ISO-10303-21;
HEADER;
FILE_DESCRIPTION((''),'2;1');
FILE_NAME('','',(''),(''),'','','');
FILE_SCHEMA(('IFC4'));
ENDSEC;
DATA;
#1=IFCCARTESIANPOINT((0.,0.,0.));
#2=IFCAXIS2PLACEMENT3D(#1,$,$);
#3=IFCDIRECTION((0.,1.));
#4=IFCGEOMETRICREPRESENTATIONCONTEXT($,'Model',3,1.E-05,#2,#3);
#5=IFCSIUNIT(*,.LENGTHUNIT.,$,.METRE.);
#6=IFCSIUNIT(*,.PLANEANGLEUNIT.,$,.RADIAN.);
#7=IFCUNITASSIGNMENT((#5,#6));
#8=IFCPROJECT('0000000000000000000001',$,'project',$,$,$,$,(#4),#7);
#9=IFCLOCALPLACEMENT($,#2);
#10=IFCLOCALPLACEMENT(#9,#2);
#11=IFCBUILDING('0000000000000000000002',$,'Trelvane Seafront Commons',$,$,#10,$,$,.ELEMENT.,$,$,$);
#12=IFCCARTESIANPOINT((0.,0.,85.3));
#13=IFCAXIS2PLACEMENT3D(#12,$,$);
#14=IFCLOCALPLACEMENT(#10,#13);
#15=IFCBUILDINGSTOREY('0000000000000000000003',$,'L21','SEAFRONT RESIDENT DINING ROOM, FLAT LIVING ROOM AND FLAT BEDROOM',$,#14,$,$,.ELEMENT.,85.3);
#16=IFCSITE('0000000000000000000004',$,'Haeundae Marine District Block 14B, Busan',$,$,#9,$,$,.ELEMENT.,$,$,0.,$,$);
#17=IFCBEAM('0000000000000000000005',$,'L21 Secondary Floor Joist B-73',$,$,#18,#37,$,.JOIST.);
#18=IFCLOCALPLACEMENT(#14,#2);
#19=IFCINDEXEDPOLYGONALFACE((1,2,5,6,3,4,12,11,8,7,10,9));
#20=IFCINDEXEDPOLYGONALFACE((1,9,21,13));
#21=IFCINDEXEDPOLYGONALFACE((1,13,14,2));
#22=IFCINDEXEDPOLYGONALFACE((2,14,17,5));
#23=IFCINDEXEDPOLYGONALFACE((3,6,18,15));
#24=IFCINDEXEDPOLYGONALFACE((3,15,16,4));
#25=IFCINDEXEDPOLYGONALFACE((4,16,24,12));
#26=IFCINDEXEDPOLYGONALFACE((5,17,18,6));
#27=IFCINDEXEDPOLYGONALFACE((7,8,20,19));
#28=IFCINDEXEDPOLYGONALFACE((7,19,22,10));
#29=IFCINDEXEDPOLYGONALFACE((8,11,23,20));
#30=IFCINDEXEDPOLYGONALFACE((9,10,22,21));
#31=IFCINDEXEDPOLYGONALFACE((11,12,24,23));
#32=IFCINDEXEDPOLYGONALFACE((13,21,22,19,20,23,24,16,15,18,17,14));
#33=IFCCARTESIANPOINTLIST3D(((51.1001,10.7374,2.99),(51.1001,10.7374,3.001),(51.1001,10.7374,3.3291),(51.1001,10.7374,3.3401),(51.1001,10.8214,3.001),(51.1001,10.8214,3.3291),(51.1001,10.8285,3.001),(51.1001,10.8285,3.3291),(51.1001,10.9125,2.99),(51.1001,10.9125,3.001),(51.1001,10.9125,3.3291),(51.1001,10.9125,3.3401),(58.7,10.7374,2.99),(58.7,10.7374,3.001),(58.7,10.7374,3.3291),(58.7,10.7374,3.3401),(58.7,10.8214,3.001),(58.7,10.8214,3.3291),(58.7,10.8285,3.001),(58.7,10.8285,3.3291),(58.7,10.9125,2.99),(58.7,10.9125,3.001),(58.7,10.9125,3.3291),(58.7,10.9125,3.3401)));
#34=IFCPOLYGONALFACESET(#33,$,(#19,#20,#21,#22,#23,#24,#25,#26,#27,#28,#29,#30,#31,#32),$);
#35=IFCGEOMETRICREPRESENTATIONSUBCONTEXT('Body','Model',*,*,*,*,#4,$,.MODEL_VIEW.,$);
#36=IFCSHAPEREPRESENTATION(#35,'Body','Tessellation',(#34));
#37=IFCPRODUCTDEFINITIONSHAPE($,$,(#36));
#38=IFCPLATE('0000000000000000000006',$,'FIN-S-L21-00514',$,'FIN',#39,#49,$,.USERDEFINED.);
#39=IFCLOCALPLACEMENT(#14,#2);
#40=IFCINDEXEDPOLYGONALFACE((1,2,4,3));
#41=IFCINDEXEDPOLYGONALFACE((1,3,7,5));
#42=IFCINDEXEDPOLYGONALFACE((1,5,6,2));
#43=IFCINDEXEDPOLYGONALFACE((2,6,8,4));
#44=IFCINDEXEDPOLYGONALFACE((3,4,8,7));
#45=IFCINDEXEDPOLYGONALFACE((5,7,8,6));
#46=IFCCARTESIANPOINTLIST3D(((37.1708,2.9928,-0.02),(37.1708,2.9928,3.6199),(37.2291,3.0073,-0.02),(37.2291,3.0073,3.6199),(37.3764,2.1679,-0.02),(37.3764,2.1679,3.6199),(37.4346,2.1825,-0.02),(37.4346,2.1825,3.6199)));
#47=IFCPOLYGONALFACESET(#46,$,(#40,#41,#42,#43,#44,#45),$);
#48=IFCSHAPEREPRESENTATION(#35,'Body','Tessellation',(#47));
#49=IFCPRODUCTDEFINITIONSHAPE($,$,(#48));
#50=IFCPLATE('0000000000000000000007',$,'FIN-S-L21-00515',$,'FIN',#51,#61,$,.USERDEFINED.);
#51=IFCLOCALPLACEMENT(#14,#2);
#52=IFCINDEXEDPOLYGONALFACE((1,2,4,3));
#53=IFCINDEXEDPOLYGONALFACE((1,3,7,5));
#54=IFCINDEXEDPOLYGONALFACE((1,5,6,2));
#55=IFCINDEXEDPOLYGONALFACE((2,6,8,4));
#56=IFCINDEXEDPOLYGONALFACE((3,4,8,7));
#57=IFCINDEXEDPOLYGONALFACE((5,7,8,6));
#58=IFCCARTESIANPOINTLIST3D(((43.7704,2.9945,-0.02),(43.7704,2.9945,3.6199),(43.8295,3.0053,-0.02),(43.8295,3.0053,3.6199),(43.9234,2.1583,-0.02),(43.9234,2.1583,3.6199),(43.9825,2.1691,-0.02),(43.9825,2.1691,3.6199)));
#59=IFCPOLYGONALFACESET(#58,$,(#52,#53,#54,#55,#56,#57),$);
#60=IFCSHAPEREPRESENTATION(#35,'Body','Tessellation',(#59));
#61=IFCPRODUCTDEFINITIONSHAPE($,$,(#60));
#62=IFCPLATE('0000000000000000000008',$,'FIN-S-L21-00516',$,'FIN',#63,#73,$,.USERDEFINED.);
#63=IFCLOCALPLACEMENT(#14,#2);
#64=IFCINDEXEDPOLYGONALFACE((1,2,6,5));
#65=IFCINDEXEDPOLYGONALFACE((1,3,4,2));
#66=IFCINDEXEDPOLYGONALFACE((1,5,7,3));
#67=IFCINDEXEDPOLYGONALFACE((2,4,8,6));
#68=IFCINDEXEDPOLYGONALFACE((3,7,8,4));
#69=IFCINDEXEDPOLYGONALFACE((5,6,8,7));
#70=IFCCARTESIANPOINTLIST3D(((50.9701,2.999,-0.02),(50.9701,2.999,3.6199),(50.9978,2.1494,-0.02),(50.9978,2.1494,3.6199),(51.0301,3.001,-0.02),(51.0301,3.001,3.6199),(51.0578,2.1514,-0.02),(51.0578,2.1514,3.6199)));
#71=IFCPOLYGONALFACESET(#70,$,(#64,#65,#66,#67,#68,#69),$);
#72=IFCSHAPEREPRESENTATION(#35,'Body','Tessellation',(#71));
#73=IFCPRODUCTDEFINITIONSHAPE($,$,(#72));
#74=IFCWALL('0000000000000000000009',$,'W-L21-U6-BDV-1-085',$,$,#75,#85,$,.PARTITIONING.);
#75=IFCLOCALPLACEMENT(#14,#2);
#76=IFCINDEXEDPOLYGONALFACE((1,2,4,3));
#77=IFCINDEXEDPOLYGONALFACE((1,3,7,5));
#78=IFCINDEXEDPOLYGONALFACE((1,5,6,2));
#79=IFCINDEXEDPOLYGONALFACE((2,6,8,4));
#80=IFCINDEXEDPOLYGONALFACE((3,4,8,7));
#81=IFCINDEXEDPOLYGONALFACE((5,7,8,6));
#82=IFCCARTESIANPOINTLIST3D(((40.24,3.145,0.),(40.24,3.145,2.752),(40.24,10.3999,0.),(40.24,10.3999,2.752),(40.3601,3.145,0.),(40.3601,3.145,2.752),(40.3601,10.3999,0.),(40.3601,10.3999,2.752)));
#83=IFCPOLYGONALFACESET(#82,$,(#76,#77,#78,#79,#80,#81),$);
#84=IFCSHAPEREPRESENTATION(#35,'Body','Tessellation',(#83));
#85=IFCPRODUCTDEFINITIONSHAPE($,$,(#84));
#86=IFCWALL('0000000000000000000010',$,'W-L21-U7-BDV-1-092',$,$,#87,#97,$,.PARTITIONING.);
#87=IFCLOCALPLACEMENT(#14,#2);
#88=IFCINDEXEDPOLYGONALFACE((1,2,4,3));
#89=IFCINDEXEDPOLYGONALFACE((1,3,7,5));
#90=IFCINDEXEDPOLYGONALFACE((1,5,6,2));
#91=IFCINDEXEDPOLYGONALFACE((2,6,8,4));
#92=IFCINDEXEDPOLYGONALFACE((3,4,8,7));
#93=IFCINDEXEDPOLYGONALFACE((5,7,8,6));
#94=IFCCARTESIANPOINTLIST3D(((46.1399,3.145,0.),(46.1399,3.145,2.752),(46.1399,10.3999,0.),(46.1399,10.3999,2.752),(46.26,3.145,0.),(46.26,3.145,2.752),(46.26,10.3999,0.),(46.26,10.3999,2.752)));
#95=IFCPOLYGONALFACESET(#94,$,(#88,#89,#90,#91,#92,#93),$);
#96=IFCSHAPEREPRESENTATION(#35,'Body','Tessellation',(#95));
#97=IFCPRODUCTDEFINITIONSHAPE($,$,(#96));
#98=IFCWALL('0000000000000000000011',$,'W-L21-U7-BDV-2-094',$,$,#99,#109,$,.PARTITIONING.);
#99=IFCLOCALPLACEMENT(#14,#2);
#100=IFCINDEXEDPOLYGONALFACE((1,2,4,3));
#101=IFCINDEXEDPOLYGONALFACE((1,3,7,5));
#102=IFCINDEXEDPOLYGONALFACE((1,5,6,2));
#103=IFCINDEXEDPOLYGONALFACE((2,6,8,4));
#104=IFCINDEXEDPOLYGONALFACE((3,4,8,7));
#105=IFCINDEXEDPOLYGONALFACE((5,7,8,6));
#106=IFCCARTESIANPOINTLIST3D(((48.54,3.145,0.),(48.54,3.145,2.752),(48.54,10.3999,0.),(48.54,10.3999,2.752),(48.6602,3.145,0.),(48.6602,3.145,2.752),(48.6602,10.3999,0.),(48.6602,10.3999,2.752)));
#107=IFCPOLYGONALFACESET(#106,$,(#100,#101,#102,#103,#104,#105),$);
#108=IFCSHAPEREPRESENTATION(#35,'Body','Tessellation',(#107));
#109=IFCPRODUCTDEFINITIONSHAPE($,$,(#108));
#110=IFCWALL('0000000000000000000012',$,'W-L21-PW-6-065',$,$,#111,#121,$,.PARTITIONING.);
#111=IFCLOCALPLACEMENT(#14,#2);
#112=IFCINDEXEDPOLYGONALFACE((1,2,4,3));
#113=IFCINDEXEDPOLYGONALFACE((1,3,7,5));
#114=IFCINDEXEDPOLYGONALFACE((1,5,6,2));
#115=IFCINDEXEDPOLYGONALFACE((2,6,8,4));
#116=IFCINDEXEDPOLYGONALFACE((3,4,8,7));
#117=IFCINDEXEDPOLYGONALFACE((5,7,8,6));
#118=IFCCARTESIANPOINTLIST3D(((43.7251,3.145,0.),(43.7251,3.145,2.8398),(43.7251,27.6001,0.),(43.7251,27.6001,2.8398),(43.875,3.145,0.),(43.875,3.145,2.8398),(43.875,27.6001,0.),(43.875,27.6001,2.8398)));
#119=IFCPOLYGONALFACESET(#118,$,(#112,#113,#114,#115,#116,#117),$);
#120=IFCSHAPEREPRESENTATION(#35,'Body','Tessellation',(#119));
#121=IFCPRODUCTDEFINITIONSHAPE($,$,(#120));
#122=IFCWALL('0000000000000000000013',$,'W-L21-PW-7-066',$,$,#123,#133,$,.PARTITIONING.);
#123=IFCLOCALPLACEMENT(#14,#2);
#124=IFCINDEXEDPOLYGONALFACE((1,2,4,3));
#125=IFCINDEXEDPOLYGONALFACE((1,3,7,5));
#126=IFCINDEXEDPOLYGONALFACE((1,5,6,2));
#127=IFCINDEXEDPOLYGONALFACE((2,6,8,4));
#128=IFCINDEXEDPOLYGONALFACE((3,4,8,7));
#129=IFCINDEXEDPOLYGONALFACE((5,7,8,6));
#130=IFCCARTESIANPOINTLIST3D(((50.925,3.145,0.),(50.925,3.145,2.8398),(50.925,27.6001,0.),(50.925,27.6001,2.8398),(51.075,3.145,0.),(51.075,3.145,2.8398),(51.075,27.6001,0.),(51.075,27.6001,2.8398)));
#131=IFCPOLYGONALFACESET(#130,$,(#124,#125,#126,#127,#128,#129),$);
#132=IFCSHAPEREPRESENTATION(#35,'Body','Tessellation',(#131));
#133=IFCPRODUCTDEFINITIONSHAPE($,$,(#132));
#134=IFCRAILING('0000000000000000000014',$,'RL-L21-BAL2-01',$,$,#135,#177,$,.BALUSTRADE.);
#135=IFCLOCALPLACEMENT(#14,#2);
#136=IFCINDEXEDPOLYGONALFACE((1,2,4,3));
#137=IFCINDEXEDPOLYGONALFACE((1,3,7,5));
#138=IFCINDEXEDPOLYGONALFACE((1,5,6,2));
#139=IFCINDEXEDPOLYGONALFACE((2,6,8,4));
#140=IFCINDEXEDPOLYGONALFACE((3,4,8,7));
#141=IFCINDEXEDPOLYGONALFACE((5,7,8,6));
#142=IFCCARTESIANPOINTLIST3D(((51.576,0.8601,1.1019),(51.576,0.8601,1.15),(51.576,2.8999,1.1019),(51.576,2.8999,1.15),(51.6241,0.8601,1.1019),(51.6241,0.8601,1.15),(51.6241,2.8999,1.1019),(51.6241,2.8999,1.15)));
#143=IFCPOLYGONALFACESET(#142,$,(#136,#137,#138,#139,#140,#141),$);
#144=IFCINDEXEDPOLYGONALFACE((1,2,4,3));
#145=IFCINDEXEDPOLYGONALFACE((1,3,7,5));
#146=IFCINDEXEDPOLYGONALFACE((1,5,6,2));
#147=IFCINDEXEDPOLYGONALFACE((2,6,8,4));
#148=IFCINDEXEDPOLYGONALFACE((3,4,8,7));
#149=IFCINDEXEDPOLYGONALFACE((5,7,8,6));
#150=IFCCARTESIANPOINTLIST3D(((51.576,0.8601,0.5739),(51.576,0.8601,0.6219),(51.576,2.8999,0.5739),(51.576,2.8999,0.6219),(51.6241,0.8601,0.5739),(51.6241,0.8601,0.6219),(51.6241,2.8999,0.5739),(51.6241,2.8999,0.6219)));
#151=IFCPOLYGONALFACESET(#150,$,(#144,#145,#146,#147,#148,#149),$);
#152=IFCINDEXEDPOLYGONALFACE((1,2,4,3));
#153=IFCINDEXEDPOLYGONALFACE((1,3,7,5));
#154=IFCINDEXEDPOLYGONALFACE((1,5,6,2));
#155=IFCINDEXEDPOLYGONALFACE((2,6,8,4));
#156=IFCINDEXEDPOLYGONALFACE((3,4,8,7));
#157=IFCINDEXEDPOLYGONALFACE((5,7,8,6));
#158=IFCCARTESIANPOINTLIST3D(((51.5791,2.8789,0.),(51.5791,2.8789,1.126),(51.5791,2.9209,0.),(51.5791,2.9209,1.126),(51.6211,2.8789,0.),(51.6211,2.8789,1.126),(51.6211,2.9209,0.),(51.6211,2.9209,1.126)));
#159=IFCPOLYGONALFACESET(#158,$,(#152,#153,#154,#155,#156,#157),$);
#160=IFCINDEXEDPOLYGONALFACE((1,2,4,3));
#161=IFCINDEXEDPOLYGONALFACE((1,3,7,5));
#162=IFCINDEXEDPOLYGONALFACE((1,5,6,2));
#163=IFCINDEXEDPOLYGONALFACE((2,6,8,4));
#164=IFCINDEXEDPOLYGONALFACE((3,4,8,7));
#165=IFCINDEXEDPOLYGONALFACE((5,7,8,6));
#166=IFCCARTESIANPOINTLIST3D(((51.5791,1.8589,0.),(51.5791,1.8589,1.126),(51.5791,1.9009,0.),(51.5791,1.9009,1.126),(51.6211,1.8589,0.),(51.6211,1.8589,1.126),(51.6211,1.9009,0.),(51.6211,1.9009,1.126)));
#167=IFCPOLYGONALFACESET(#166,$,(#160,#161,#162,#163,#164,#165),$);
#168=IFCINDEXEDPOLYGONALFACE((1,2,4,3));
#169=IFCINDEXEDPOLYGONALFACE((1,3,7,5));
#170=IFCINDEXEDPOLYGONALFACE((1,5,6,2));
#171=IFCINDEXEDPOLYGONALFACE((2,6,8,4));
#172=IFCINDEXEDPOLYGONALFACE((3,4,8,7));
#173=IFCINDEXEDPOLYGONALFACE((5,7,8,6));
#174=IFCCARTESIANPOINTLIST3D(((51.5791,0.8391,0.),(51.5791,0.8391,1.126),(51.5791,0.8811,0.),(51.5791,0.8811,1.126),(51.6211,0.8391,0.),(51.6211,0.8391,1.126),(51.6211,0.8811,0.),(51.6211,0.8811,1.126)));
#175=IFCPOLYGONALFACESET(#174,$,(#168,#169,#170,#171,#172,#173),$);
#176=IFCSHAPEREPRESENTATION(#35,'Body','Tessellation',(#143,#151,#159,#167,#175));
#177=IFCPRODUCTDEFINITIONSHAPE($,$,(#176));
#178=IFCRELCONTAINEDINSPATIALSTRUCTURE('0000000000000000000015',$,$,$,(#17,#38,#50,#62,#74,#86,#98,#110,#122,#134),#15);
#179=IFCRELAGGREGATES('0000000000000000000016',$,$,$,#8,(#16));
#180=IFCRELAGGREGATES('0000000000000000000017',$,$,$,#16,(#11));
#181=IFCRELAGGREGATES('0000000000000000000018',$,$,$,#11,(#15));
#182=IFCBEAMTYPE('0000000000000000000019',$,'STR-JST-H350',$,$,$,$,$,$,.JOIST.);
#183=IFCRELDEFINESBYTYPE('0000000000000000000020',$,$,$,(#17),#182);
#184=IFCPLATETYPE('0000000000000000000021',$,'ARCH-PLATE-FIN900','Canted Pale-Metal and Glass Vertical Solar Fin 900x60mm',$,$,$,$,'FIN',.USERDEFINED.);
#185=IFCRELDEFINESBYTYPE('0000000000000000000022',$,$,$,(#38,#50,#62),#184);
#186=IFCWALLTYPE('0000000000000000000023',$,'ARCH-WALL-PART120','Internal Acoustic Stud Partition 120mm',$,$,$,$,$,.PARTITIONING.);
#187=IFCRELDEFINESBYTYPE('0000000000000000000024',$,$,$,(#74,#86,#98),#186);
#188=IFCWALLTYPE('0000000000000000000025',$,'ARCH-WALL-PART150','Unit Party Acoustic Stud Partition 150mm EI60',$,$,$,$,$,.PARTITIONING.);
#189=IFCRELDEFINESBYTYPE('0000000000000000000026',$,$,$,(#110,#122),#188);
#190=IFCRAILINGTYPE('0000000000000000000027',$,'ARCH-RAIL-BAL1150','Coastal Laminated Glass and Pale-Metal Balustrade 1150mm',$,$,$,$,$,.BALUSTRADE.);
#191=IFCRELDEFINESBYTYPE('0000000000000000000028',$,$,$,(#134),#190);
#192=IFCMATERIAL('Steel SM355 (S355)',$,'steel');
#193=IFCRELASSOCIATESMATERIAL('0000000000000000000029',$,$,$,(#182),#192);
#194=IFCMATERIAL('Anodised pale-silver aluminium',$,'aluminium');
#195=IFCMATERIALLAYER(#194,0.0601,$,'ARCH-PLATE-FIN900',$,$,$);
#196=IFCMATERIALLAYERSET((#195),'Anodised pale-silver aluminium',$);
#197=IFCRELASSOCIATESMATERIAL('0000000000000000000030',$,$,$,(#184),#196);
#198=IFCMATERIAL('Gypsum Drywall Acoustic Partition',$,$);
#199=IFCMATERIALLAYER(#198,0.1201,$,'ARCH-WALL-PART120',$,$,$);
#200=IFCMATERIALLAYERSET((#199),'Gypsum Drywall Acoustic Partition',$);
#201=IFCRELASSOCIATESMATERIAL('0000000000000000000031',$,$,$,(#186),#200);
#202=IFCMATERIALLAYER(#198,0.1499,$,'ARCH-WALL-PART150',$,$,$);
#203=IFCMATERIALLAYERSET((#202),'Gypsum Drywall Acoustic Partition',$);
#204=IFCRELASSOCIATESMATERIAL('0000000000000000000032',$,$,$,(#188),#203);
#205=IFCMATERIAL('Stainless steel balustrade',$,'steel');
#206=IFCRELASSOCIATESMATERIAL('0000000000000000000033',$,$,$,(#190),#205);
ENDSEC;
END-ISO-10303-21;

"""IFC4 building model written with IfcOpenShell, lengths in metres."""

from ifc_helpers import new_model, si_unit, direction, frame, frame_2d, origin, origin_2d, place, context, subcontext, project, spatial, rectangle, i_section, extrude, source, transform, mapped, material, layer, layer_set, material_profile, profile_set, type_object, element, save


model = new_model("IFC4")

# Units and contexts
model_context = context("Model", 3, precision=1e-05, world=origin(), true_north=direction((0.0, 1.0)))
body_context = subcontext(model_context, "Body", "Model", "MODEL_VIEW")
ifc_project = project(units=[si_unit("LENGTHUNIT", "METRE"), si_unit("PLANEANGLEUNIT", "RADIAN")], contexts=[model_context])

# Site, building, storey
site_placement = place(None, origin())
site = spatial("IfcSite", under=ifc_project, at=site_placement, Name="Haeundae Marine District Block 14B, Busan", CompositionType="ELEMENT", RefElevation=0.0)
building_placement = place(site_placement, origin())
building = spatial("IfcBuilding", under=site, at=building_placement, Name="Trelvane Seafront Commons", CompositionType="ELEMENT")
storey_placement = place(building_placement, frame((0.0, 0.0, 85.3)))
storey = spatial("IfcBuildingStorey", under=building, at=storey_placement, Name="L21", Description="SEAFRONT RESIDENT DINING ROOM, FLAT LIVING ROOM AND FLAT BEDROOM", CompositionType="ELEMENT", Elevation=85.3)

# Shared definitions
ifc_material_1 = material(Name="Steel SM355 (S355)", Category="steel")

# Beam
ifc_material_profile_1 = material_profile(ifc_material_1, i_section(OverallWidth=0.175, OverallDepth=0.3501, WebThickness=0.0071, FlangeThickness=0.011, at=origin_2d()), Name="H-350x175x7x11")
ifc_profile_set_1 = profile_set([ifc_material_profile_1], Name="Steel SM355 (S355)")
beam_type_1 = type_object("IfcBeamType", Name="STR-JST-H350", PredefinedType="JOIST", material=ifc_profile_set_1)
shared_shape_1 = source(origin(), body_context, "Body", "SweptSolid", [
    extrude(i_section(OverallWidth=0.175, OverallDepth=0.3501, WebThickness=0.0071, FlangeThickness=0.011, at=origin_2d()), origin(), (0.0, 0.0, 1.0), 7.5999),
])
beam_1_placement = place(storey_placement, frame((51.1001, 10.825, 3.165), z_axis=(1.0, 0.0, 0.0), x_axis=(0.0, 1.0, 0.0)))
element("IfcBeam", 1, at=beam_1_placement, inside=storey, type_object=beam_type_1, Name="L21 Secondary Floor Joist B-73", PredefinedType="JOIST", context=body_context, shape_type="MappedRepresentation", body=[
    mapped(shared_shape_1, transform((0.0, 0.0, 0.0), x_axis=(1.0, 0.0, 0.0), y_axis=(0.0, 1.0, 0.0), z_axis=(0.0, 0.0, 1.0), scale=1.0)),
])

# Plates
ifc_material_2 = material(Name="Anodised pale-silver aluminium", Category="aluminium")
ifc_layer_1 = layer(ifc_material_2, 0.0601, Name="ARCH-PLATE-FIN900")
ifc_layer_set_1 = layer_set([ifc_layer_1], Name="Anodised pale-silver aluminium")
plate_type = type_object("IfcPlateType", Name="ARCH-PLATE-FIN900", Description="Canted Pale-Metal and Glass Vertical Solar Fin 900x60mm", ElementType="FIN", PredefinedType="USERDEFINED", material=ifc_layer_set_1)
shared_shape_2 = source(origin(), body_context, "Body", "SweptSolid", [
    extrude(rectangle(XDim=0.8501, YDim=0.0601, at=origin_2d()), origin(), (0.0, 0.0, 1.0), 3.6399),
])
for number, where, z_axis, x_axis, name in (
    (2, (37.3027, 2.5876, -0.02), (0.0, 0.0, 1.0), (0.241761, -0.970336, 0.0), "FIN-S-L21-00514"),
    (3, (43.8765, 2.5818, -0.02), (0.0, 0.0, 1.0), (0.180004, -0.983666, 0.0), "FIN-S-L21-00515"),
    (4, (51.0139, 2.5752, -0.02), (0.0, 0.0, 1.0), (0.03259, -0.999469, 0.0), "FIN-S-L21-00516"),
):
    element("IfcPlate", number, at=place(storey_placement, frame(where, z_axis=z_axis, x_axis=x_axis)), inside=storey, type_object=plate_type, Name=name, ObjectType="FIN", PredefinedType="USERDEFINED", context=body_context, shape_type="MappedRepresentation", body=[
        mapped(shared_shape_2, transform((0.0, 0.0, 0.0), x_axis=(1.0, 0.0, 0.0), y_axis=(0.0, 1.0, 0.0), z_axis=(0.0, 0.0, 1.0), scale=1.0)),
    ])

# Shared definitions
ifc_material_3 = material(Name="Gypsum Drywall Acoustic Partition")
ifc_layer_2 = layer(ifc_material_3, 0.1201, Name="ARCH-WALL-PART120")
ifc_layer_set_2 = layer_set([ifc_layer_2], Name="Gypsum Drywall Acoustic Partition")
wall_type_1 = type_object("IfcWallType", Name="ARCH-WALL-PART120", Description="Internal Acoustic Stud Partition 120mm", PredefinedType="PARTITIONING", material=ifc_layer_set_2)

# Wall
wall_1_placement = place(storey_placement, frame((40.3, 3.145, 0.0), z_axis=(0.0, 0.0, 1.0), x_axis=(0.0, 1.0, 0.0)))
element("IfcWall", 5, at=wall_1_placement, inside=storey, type_object=wall_type_1, Name="W-L21-U6-BDV-1-085", PredefinedType="PARTITIONING", context=body_context, shape_type="SweptSolid", body=[
    extrude(rectangle(XDim=7.2549, YDim=0.1201, at=frame_2d((3.6274, 0.0))), origin(), (0.0, 0.0, 1.0), 2.752),
])

# Wall
wall_2_placement = place(storey_placement, frame((46.2, 3.145, 0.0), z_axis=(0.0, 0.0, 1.0), x_axis=(0.0, 1.0, 0.0)))
element("IfcWall", 6, at=wall_2_placement, inside=storey, type_object=wall_type_1, Name="W-L21-U7-BDV-1-092", PredefinedType="PARTITIONING", context=body_context, shape_type="SweptSolid", body=[
    extrude(rectangle(XDim=7.2549, YDim=0.1201, at=frame_2d((3.6274, 0.0))), origin(), (0.0, 0.0, 1.0), 2.752),
])

# Wall
wall_3_placement = place(storey_placement, frame((48.6001, 3.145, 0.0), z_axis=(0.0, 0.0, 1.0), x_axis=(0.0, 1.0, 0.0)))
element("IfcWall", 7, at=wall_3_placement, inside=storey, type_object=wall_type_1, Name="W-L21-U7-BDV-2-094", PredefinedType="PARTITIONING", context=body_context, shape_type="SweptSolid", body=[
    extrude(rectangle(XDim=7.2549, YDim=0.1201, at=frame_2d((3.6274, 0.0))), origin(), (0.0, 0.0, 1.0), 2.752),
])

# Walls
ifc_layer_3 = layer(ifc_material_3, 0.1499, Name="ARCH-WALL-PART150")
ifc_layer_set_3 = layer_set([ifc_layer_3], Name="Gypsum Drywall Acoustic Partition")
wall_type_2 = type_object("IfcWallType", Name="ARCH-WALL-PART150", Description="Unit Party Acoustic Stud Partition 150mm EI60", PredefinedType="PARTITIONING", material=ifc_layer_set_3)
for number, where, z_axis, x_axis, name in (
    (8, (43.8, 3.145, 0.0), (0.0, 0.0, 1.0), (0.0, 1.0, 0.0), "W-L21-PW-6-065"),
    (9, (51.0, 3.145, 0.0), (0.0, 0.0, 1.0), (0.0, 1.0, 0.0), "W-L21-PW-7-066"),
):
    element("IfcWall", number, at=place(storey_placement, frame(where, z_axis=z_axis, x_axis=x_axis)), inside=storey, type_object=wall_type_2, Name=name, PredefinedType="PARTITIONING", context=body_context, shape_type="SweptSolid", body=[
        extrude(rectangle(XDim=24.4551, YDim=0.1499, at=frame_2d((12.2275, 0.0))), origin(), (0.0, 0.0, 1.0), 2.8398),
    ])

# Railing
ifc_material_4 = material(Name="Stainless steel balustrade", Category="steel")
railing_type = type_object("IfcRailingType", Name="ARCH-RAIL-BAL1150", Description="Coastal Laminated Glass and Pale-Metal Balustrade 1150mm", PredefinedType="BALUSTRADE", material=ifc_material_4)
railing_1_placement = place(storey_placement, frame((51.6001, 2.8999, 0.0)))
element("IfcRailing", 10, at=railing_1_placement, inside=storey, type_object=railing_type, Name="RL-L21-BAL2-01", PredefinedType="BALUSTRADE", context=body_context, shape_type="SweptSolid", body=[
    extrude(rectangle(XDim=0.0481, YDim=0.0481, at=origin_2d()), frame((0.0, 0.0, 1.126), z_axis=(0.0, -1.0, 0.0), x_axis=(1.0, 0.0, 0.0)), (0.0, 0.0, 1.0), 2.0398),
    extrude(rectangle(XDim=0.0481, YDim=0.0481, at=origin_2d()), frame((0.0, 0.0, 0.5979), z_axis=(0.0, -1.0, 0.0), x_axis=(1.0, 0.0, 0.0)), (0.0, 0.0, 1.0), 2.0398),
    extrude(rectangle(XDim=0.042, YDim=0.042, at=origin_2d()), origin(), (0.0, 0.0, 1.0), 1.126),
    extrude(rectangle(XDim=0.042, YDim=0.042, at=origin_2d()), frame((0.0, -1.02, 0.0)), (0.0, 0.0, 1.0), 1.126),
    extrude(rectangle(XDim=0.042, YDim=0.042, at=origin_2d()), frame((0.0, -2.0398, 0.0)), (0.0, 0.0, 1.0), 1.126),
])

save(model, "model.ifc")
